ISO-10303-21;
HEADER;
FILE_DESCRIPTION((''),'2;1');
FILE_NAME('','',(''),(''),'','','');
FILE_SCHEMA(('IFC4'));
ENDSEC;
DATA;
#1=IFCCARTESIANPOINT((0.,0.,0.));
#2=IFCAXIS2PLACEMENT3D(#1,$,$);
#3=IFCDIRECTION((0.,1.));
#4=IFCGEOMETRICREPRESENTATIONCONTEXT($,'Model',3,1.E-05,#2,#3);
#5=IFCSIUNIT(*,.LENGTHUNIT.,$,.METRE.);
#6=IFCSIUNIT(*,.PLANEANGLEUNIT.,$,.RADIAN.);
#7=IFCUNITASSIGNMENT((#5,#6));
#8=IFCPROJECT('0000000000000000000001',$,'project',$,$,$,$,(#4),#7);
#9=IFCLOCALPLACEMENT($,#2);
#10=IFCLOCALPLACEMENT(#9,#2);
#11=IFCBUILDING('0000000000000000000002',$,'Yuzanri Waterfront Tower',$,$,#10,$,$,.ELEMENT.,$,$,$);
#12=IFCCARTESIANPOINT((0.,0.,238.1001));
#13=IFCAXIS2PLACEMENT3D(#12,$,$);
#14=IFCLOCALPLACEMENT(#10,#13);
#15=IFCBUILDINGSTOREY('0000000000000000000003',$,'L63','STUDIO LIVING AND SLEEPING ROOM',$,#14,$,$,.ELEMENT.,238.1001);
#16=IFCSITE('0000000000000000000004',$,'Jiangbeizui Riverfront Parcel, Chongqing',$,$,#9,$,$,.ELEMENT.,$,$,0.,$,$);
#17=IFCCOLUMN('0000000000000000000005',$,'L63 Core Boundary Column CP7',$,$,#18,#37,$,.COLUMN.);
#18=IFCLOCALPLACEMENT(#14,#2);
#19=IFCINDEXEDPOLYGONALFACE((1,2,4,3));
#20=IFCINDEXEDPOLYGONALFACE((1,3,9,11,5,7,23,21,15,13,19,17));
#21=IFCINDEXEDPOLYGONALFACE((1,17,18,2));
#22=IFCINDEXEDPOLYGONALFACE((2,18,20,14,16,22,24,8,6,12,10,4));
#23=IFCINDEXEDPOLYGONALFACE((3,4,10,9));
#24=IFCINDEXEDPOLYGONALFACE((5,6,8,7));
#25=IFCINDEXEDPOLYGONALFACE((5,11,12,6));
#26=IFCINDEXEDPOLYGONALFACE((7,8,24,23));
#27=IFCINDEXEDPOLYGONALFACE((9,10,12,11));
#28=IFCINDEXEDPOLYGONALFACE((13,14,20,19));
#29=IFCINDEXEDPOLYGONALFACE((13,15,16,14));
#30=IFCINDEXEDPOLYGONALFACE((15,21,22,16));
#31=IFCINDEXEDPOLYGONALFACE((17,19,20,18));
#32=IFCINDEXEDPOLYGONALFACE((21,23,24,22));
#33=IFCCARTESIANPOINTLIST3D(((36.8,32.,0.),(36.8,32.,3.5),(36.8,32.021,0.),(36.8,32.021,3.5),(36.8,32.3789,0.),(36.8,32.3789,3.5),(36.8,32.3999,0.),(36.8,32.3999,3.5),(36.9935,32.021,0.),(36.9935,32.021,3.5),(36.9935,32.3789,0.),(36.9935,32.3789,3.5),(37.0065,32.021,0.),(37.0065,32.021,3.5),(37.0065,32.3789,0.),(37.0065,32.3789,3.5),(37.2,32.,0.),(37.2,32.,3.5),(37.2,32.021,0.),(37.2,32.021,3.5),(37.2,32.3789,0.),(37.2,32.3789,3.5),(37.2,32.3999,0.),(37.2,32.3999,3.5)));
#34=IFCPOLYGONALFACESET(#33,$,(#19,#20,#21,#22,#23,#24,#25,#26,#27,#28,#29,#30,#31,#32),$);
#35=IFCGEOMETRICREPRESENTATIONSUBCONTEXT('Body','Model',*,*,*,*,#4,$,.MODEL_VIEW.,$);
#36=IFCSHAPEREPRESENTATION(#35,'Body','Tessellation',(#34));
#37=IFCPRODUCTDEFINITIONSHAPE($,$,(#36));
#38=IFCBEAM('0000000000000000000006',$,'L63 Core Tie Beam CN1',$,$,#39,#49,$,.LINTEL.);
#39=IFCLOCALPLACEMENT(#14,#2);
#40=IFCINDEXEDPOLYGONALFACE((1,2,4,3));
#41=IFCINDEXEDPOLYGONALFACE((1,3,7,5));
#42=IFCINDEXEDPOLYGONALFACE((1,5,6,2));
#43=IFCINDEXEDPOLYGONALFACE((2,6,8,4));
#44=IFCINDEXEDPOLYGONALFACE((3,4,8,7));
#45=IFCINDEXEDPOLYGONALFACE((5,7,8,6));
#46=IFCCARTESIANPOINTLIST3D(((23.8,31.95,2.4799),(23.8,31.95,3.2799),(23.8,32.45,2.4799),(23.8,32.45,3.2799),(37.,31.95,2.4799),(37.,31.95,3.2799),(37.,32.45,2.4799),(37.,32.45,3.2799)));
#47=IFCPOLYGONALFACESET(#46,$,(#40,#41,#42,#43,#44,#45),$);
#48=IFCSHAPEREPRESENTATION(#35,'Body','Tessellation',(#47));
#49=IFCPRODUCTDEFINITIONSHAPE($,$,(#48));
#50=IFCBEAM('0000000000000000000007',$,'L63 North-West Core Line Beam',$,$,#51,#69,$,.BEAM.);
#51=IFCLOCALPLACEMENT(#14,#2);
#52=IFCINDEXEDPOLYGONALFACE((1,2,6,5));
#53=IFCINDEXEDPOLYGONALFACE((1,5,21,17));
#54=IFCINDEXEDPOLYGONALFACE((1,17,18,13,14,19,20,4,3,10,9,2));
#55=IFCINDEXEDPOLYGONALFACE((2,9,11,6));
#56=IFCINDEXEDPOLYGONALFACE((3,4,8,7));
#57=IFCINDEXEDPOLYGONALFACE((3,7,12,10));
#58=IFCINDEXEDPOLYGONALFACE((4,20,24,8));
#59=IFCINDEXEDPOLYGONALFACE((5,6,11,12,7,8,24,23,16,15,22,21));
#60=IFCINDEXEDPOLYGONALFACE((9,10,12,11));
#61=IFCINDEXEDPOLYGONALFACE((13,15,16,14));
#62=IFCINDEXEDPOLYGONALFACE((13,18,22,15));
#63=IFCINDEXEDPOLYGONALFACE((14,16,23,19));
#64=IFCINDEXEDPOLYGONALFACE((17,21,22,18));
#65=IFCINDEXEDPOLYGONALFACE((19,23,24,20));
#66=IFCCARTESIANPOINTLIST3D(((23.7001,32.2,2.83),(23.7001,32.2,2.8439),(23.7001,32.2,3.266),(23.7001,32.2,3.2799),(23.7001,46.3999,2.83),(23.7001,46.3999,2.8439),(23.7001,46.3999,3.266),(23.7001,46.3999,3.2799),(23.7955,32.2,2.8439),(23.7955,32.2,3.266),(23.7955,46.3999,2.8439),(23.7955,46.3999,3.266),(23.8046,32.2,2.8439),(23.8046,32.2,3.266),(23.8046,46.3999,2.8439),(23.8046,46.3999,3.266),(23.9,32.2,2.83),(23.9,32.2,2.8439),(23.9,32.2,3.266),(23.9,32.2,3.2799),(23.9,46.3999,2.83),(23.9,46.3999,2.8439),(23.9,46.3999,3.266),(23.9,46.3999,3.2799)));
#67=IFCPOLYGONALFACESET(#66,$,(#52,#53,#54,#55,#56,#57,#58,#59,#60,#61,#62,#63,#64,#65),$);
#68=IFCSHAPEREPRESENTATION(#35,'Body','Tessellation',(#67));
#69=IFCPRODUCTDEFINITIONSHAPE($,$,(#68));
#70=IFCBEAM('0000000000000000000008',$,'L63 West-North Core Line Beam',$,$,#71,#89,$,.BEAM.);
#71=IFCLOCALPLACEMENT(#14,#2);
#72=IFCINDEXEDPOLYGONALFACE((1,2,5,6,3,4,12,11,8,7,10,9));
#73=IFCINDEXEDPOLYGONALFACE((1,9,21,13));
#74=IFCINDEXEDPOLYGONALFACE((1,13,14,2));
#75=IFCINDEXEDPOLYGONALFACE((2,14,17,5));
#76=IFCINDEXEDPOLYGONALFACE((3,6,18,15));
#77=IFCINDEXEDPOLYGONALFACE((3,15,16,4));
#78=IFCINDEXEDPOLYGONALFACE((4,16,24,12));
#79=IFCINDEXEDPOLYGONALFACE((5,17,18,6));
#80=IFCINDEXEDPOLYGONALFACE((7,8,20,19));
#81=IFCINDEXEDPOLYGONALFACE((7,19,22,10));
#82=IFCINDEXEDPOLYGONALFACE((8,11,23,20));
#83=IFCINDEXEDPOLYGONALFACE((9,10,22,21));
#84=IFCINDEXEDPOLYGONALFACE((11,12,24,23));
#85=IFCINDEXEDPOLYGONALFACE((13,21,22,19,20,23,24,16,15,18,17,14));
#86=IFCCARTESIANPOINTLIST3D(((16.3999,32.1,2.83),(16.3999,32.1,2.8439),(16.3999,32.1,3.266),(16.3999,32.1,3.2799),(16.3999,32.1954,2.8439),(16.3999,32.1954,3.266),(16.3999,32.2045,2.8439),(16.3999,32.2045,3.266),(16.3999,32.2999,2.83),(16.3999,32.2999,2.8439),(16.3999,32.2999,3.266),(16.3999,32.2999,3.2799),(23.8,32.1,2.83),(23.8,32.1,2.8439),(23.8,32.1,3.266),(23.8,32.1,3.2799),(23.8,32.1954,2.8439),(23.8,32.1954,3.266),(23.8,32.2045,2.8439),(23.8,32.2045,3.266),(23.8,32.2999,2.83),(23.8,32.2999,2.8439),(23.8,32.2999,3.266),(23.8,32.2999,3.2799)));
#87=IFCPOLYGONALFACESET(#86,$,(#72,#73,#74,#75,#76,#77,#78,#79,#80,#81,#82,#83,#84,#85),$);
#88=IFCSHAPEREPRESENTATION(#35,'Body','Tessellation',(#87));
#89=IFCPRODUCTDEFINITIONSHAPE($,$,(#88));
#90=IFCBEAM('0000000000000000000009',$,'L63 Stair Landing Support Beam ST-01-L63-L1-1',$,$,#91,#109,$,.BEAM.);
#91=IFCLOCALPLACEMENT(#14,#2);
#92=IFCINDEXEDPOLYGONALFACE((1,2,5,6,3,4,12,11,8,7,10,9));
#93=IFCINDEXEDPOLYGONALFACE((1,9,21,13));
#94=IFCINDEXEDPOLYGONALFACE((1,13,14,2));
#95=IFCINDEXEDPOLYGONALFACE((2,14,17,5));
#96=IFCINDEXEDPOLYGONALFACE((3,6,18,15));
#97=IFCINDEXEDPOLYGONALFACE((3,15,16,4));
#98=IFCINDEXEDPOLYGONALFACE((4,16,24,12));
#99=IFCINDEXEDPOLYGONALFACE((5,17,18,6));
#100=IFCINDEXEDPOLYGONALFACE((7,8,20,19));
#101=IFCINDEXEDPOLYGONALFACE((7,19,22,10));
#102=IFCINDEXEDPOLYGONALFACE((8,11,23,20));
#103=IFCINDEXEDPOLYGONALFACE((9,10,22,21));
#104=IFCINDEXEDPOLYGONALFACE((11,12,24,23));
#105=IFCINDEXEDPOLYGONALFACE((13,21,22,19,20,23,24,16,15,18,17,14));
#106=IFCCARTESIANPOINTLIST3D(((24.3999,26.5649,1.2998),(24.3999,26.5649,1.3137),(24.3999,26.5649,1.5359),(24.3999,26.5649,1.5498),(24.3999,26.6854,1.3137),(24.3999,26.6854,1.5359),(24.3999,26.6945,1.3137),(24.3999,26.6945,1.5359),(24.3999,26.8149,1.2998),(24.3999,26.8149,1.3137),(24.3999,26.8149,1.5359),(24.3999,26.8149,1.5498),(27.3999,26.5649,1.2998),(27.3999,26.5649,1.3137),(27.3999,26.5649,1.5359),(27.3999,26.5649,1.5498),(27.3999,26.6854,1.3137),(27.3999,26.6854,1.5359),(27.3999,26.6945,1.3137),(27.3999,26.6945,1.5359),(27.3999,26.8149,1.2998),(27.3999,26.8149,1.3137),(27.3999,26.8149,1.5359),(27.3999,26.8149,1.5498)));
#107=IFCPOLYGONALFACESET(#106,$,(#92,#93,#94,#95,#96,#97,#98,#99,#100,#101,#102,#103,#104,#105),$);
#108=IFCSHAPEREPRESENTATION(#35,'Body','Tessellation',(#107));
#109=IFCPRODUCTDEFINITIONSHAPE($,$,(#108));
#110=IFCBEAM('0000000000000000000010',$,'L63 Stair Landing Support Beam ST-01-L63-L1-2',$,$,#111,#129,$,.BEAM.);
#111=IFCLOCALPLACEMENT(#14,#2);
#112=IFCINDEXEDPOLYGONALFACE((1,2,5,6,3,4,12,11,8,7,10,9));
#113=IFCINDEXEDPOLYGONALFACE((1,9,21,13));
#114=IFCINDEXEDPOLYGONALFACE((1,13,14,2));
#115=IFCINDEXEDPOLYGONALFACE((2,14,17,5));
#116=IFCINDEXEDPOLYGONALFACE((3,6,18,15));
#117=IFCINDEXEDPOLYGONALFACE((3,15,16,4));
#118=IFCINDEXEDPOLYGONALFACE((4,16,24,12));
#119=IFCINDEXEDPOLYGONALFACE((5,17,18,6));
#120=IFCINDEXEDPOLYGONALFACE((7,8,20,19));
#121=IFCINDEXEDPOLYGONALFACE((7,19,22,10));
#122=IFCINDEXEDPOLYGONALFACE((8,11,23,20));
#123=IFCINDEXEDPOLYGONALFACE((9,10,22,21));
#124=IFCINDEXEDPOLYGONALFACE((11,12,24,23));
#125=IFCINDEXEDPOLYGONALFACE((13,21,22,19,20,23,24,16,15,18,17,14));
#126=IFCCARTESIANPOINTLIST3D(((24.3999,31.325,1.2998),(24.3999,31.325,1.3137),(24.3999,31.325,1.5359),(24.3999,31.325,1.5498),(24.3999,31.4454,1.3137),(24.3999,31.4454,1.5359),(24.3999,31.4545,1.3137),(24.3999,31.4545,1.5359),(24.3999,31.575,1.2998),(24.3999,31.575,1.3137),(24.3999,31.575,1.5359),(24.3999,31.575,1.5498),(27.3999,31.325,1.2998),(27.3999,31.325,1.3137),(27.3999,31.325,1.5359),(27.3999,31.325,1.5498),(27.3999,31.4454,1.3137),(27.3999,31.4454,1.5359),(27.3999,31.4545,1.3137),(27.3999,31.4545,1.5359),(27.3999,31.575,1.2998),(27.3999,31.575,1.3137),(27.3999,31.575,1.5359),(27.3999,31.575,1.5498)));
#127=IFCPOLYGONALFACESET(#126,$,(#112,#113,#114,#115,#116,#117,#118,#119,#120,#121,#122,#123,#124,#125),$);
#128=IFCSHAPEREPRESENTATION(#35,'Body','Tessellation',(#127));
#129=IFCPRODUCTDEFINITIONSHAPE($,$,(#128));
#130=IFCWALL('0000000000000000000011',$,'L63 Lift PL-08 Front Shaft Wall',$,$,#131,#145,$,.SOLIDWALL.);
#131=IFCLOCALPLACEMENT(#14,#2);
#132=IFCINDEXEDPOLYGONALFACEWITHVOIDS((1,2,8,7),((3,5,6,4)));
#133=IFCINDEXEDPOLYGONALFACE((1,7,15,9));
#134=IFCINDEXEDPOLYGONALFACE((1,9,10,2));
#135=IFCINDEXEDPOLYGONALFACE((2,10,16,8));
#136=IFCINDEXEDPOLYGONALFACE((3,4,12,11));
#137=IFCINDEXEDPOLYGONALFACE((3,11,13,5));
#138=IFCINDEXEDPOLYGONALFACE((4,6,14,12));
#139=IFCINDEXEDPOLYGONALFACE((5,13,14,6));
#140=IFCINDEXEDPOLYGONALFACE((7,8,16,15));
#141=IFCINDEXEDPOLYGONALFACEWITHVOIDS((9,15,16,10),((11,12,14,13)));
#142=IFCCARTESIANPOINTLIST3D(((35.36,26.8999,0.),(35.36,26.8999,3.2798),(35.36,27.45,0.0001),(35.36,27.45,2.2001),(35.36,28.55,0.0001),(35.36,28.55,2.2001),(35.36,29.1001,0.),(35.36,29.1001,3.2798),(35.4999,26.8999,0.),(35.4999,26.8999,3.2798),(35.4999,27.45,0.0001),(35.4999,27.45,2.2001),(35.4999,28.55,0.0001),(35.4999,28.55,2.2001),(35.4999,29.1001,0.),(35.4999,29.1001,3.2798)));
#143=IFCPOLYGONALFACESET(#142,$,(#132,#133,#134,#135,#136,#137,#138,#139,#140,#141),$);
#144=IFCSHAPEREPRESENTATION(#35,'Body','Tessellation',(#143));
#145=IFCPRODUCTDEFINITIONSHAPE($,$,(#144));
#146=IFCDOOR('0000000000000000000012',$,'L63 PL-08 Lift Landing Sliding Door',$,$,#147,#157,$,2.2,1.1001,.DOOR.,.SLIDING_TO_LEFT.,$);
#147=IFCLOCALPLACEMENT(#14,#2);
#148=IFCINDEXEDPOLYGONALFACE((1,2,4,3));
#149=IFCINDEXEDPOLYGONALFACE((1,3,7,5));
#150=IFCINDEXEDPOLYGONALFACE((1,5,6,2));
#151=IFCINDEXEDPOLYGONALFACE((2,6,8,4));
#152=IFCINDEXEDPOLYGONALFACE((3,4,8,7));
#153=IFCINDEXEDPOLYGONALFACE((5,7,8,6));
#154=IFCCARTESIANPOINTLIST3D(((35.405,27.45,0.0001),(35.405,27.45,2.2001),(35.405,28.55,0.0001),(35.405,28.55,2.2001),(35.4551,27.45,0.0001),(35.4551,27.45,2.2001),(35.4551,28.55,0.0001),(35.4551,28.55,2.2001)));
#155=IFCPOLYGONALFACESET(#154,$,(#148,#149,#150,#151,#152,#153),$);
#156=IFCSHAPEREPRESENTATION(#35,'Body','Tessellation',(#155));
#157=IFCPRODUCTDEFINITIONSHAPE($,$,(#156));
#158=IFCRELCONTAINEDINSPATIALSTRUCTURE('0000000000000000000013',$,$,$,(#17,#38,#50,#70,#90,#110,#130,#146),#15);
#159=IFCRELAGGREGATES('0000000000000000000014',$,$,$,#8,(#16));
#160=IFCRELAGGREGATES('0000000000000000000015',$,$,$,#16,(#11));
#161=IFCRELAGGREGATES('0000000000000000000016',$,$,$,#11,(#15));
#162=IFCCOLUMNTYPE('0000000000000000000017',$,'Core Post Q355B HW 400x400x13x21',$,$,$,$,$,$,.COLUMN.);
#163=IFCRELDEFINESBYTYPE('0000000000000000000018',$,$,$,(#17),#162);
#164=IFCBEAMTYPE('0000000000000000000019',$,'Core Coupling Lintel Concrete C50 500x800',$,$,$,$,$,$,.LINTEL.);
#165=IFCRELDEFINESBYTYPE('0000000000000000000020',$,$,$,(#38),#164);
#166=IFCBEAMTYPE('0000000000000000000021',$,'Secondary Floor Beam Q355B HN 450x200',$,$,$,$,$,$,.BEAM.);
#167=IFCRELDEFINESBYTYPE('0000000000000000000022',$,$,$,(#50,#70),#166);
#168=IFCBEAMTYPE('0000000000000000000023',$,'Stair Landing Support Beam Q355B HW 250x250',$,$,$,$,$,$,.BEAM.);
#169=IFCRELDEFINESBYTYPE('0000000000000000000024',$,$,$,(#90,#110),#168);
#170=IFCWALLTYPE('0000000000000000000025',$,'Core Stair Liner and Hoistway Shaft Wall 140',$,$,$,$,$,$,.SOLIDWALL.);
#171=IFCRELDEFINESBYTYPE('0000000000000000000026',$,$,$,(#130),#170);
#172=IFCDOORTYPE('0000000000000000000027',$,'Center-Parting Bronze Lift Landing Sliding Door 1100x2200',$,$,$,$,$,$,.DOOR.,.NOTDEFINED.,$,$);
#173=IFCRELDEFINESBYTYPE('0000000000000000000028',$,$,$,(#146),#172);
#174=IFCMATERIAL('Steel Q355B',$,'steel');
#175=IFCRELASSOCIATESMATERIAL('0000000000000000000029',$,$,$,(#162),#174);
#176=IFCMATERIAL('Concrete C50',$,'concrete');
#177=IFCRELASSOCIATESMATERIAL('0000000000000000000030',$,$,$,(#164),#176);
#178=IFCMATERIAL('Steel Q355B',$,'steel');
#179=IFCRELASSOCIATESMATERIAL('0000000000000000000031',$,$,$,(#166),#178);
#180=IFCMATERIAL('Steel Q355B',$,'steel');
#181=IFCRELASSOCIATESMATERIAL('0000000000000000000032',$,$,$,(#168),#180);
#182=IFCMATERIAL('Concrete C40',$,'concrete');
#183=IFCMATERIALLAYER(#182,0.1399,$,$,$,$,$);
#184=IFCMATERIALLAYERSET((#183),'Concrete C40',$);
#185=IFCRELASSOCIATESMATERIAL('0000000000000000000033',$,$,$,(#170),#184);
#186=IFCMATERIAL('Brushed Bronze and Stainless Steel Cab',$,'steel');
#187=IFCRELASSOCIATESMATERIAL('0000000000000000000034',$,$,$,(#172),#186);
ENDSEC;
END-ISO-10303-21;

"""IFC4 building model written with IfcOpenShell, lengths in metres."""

from ifc_helpers import new_model, si_unit, direction, frame, frame_2d, origin, origin_2d, place, context, subcontext, project, spatial, rectangle, i_section, extrude, source, transform, mapped, material, layer, layer_set, material_profile, profile_set, type_object, element, fill, save


model = new_model("IFC4")

# Units and contexts
model_context = context("Model", 3, precision=1e-05, world=origin(), true_north=direction((0.0, 1.0)))
body_context = subcontext(model_context, "Body", "Model", "MODEL_VIEW")
ifc_project = project(units=[si_unit("LENGTHUNIT", "METRE"), si_unit("PLANEANGLEUNIT", "RADIAN")], contexts=[model_context])

# Site, building, storey
site_placement = place(None, origin())
site = spatial("IfcSite", under=ifc_project, at=site_placement, Name="Jiangbeizui Riverfront Parcel, Chongqing", CompositionType="ELEMENT", RefElevation=0.0)
building_placement = place(site_placement, origin())
building = spatial("IfcBuilding", under=site, at=building_placement, Name="Yuzanri Waterfront Tower", CompositionType="ELEMENT")
storey_placement = place(building_placement, frame((0.0, 0.0, 238.1001)))
storey = spatial("IfcBuildingStorey", under=building, at=storey_placement, Name="L63", Description="STUDIO LIVING AND SLEEPING ROOM", CompositionType="ELEMENT", Elevation=238.1001)

# Column
ifc_material_1 = material(Name="Steel Q355B", Category="steel")
ifc_material_profile_1 = material_profile(ifc_material_1, i_section(OverallWidth=0.3999, OverallDepth=0.3999, WebThickness=0.0129, FlangeThickness=0.021, at=origin_2d()), Name="HW 400x400x13x21")
ifc_profile_set_1 = profile_set([ifc_material_profile_1], Name="Steel Q355B")
column_type = type_object("IfcColumnType", Name="Core Post Q355B HW 400x400x13x21", PredefinedType="COLUMN", material=ifc_profile_set_1)
shared_shape_1 = source(origin(), body_context, "Body", "SweptSolid", [
    extrude(i_section(OverallWidth=0.3999, OverallDepth=0.3999, WebThickness=0.0129, FlangeThickness=0.021, at=origin_2d()), origin(), (0.0, 0.0, 1.0), 3.5),
])
column_placement = place(storey_placement, frame((37.0, 32.2, 0.0), z_axis=(0.0, 0.0, 1.0), x_axis=(1.0, 0.0, 0.0)))
element("IfcColumn", 1, at=column_placement, inside=storey, type_object=column_type, Name="L63 Core Boundary Column CP7", PredefinedType="COLUMN", context=body_context, shape_type="MappedRepresentation", body=[
    mapped(shared_shape_1, transform((0.0, 0.0, 0.0), scale=1.0)),
])

# Beams
ifc_material_2 = material(Name="Concrete C50", Category="concrete")
ifc_material_profile_2 = material_profile(ifc_material_2, rectangle(XDim=0.5, YDim=0.8, at=origin_2d()), Name="RC 500x800")
ifc_profile_set_2 = profile_set([ifc_material_profile_2], Name="Concrete C50")
beam_type_1 = type_object("IfcBeamType", Name="Core Coupling Lintel Concrete C50 500x800", PredefinedType="LINTEL", material=ifc_profile_set_2)
shared_shape_2 = source(origin(), body_context, "Body", "SweptSolid", [
    extrude(rectangle(XDim=0.5, YDim=0.8, at=origin_2d()), origin(), (0.0, 0.0, 1.0), 13.2),
])
beam_1_placement = place(storey_placement, frame((23.8, 32.2, 2.8799), z_axis=(1.0, 0.0, 0.0), x_axis=(0.0, 1.0, 0.0)))
element("IfcBeam", 2, at=beam_1_placement, inside=storey, type_object=beam_type_1, Name="L63 Core Tie Beam CN1", PredefinedType="LINTEL", context=body_context, shape_type="MappedRepresentation", body=[
    mapped(shared_shape_2, transform((0.0, 0.0, 0.0), scale=1.0)),
])
ifc_material_3 = material(Name="Steel Q355B", Category="steel")
ifc_material_profile_3 = material_profile(ifc_material_3, i_section(OverallWidth=0.2, OverallDepth=0.45, WebThickness=0.009, FlangeThickness=0.0139, at=origin_2d()), Name="HN 450x200x9x14")
ifc_profile_set_3 = profile_set([ifc_material_profile_3], Name="Steel Q355B")
beam_type_2 = type_object("IfcBeamType", Name="Secondary Floor Beam Q355B HN 450x200", PredefinedType="BEAM", material=ifc_profile_set_3)
shared_shape_3 = source(origin(), body_context, "Body", "SweptSolid", [
    extrude(i_section(OverallWidth=0.2, OverallDepth=0.45, WebThickness=0.009, FlangeThickness=0.0139, at=origin_2d()), origin(), (0.0, 0.0, 1.0), 14.2),
])
beam_2_placement = place(storey_placement, frame((23.8, 32.2, 3.0549), z_axis=(0.0, 1.0, 0.0), x_axis=(-1.0, 0.0, 0.0)))
element("IfcBeam", 3, at=beam_2_placement, inside=storey, type_object=beam_type_2, Name="L63 North-West Core Line Beam", PredefinedType="BEAM", context=body_context, shape_type="MappedRepresentation", body=[
    mapped(shared_shape_3, transform((0.0, 0.0, 0.0), scale=1.0)),
])
shared_shape_4 = source(origin(), body_context, "Body", "SweptSolid", [
    extrude(i_section(OverallWidth=0.2, OverallDepth=0.45, WebThickness=0.009, FlangeThickness=0.0139, at=origin_2d()), origin(), (0.0, 0.0, 1.0), 7.4001),
])
beam_3_placement = place(storey_placement, frame((23.8, 32.2, 3.0549), z_axis=(-1.0, 0.0, 0.0), x_axis=(0.0, -1.0, 0.0)))
element("IfcBeam", 4, at=beam_3_placement, inside=storey, type_object=beam_type_2, Name="L63 West-North Core Line Beam", PredefinedType="BEAM", context=body_context, shape_type="MappedRepresentation", body=[
    mapped(shared_shape_4, transform((0.0, 0.0, 0.0), scale=1.0)),
])
ifc_material_4 = material(Name="Steel Q355B", Category="steel")
ifc_material_profile_4 = material_profile(ifc_material_4, i_section(OverallWidth=0.25, OverallDepth=0.25, WebThickness=0.009, FlangeThickness=0.0139, at=origin_2d()), Name="HW 250x250x9x14")
ifc_profile_set_4 = profile_set([ifc_material_profile_4], Name="Steel Q355B")
beam_type_3 = type_object("IfcBeamType", Name="Stair Landing Support Beam Q355B HW 250x250", PredefinedType="BEAM", material=ifc_profile_set_4)
shared_shape_5 = source(origin(), body_context, "Body", "SweptSolid", [
    extrude(i_section(OverallWidth=0.25, OverallDepth=0.25, WebThickness=0.009, FlangeThickness=0.0139, at=origin_2d()), origin(), (0.0, 0.0, 1.0), 3.0),
])
for number, where, z_axis, x_axis, name in (
    (5, (24.3999, 26.6899, 1.4248), (1.0, 0.0, 0.0), (0.0, 1.0, 0.0), "L63 Stair Landing Support Beam ST-01-L63-L1-1"),
    (6, (24.3999, 31.45, 1.4248), (1.0, 0.0, 0.0), (0.0, 1.0, 0.0), "L63 Stair Landing Support Beam ST-01-L63-L1-2"),
):
    element("IfcBeam", number, at=place(storey_placement, frame(where, z_axis=z_axis, x_axis=x_axis)), inside=storey, type_object=beam_type_3, Name=name, PredefinedType="BEAM", context=body_context, shape_type="MappedRepresentation", body=[
        mapped(shared_shape_5, transform((0.0, 0.0, 0.0), scale=1.0)),
    ])

# Wall, opening, door
ifc_material_5 = material(Name="Concrete C40", Category="concrete")
ifc_layer_1 = layer(ifc_material_5, 0.1399)
ifc_layer_set_1 = layer_set([ifc_layer_1], Name="Concrete C40")
wall_type_1 = type_object("IfcWallType", Name="Core Stair Liner and Hoistway Shaft Wall 140", PredefinedType="SOLIDWALL", material=ifc_layer_set_1)
wall_1_placement = place(storey_placement, frame((35.4299, 26.8999, 0.0), z_axis=(0.0, 0.0, 1.0), x_axis=(0.0, 1.0, 0.0)))
wall_1 = element("IfcWall", 7, at=wall_1_placement, inside=storey, type_object=wall_type_1, Name="L63 Lift PL-08 Front Shaft Wall", PredefinedType="SOLIDWALL", context=body_context, shape_type="SweptSolid", body=[
    extrude(rectangle(XDim=2.2002, YDim=0.1399, at=frame_2d((1.1001, 0.0))), origin(), (0.0, 0.0, 1.0), 3.2798),
])
opening_1_placement = place(wall_1_placement, frame((0.55, 0.0, 0.0)))
opening_1 = element("IfcOpeningElement", 8, at=opening_1_placement, cuts=wall_1, PredefinedType="OPENING", context=body_context, shape_type="SweptSolid", body=[
    extrude(rectangle(XDim=1.1001, YDim=2.2, at=frame_2d((0.55, 1.1001))), frame((0.0, 0.085, 0.0), z_axis=(0.0, -1.0, 0.0), x_axis=(1.0, 0.0, 0.0)), (0.0, 0.0, 1.0), 0.1697),
])
ifc_material_6 = material(Name="Brushed Bronze and Stainless Steel Cab", Category="steel")
door_type_1 = type_object("IfcDoorType", Name="Center-Parting Bronze Lift Landing Sliding Door 1100x2200", OperationType="NOTDEFINED", PredefinedType="DOOR", material=ifc_material_6)
shared_shape_6 = source(origin(), body_context, "Body", "SweptSolid", [
    extrude(rectangle(XDim=1.1001, YDim=2.2, at=frame_2d((0.55, 1.1001))), frame((0.0, 0.0249, 0.0), z_axis=(0.0, -1.0, 0.0), x_axis=(1.0, 0.0, 0.0)), (0.0, 0.0, 1.0), 0.05),
])
door_1_placement = place(opening_1_placement, origin())
door_1 = element("IfcDoor", 9, at=door_1_placement, inside=storey, type_object=door_type_1, Name="L63 PL-08 Lift Landing Sliding Door", OperationType="SLIDING_TO_LEFT", OverallHeight=2.2, OverallWidth=1.1001, PredefinedType="DOOR", context=body_context, shape_type="MappedRepresentation", body=[
    mapped(shared_shape_6, transform((0.0, 0.0, 0.0), scale=1.0)),
])
fill(opening_1, door_1)

save(model, "model.ifc")
